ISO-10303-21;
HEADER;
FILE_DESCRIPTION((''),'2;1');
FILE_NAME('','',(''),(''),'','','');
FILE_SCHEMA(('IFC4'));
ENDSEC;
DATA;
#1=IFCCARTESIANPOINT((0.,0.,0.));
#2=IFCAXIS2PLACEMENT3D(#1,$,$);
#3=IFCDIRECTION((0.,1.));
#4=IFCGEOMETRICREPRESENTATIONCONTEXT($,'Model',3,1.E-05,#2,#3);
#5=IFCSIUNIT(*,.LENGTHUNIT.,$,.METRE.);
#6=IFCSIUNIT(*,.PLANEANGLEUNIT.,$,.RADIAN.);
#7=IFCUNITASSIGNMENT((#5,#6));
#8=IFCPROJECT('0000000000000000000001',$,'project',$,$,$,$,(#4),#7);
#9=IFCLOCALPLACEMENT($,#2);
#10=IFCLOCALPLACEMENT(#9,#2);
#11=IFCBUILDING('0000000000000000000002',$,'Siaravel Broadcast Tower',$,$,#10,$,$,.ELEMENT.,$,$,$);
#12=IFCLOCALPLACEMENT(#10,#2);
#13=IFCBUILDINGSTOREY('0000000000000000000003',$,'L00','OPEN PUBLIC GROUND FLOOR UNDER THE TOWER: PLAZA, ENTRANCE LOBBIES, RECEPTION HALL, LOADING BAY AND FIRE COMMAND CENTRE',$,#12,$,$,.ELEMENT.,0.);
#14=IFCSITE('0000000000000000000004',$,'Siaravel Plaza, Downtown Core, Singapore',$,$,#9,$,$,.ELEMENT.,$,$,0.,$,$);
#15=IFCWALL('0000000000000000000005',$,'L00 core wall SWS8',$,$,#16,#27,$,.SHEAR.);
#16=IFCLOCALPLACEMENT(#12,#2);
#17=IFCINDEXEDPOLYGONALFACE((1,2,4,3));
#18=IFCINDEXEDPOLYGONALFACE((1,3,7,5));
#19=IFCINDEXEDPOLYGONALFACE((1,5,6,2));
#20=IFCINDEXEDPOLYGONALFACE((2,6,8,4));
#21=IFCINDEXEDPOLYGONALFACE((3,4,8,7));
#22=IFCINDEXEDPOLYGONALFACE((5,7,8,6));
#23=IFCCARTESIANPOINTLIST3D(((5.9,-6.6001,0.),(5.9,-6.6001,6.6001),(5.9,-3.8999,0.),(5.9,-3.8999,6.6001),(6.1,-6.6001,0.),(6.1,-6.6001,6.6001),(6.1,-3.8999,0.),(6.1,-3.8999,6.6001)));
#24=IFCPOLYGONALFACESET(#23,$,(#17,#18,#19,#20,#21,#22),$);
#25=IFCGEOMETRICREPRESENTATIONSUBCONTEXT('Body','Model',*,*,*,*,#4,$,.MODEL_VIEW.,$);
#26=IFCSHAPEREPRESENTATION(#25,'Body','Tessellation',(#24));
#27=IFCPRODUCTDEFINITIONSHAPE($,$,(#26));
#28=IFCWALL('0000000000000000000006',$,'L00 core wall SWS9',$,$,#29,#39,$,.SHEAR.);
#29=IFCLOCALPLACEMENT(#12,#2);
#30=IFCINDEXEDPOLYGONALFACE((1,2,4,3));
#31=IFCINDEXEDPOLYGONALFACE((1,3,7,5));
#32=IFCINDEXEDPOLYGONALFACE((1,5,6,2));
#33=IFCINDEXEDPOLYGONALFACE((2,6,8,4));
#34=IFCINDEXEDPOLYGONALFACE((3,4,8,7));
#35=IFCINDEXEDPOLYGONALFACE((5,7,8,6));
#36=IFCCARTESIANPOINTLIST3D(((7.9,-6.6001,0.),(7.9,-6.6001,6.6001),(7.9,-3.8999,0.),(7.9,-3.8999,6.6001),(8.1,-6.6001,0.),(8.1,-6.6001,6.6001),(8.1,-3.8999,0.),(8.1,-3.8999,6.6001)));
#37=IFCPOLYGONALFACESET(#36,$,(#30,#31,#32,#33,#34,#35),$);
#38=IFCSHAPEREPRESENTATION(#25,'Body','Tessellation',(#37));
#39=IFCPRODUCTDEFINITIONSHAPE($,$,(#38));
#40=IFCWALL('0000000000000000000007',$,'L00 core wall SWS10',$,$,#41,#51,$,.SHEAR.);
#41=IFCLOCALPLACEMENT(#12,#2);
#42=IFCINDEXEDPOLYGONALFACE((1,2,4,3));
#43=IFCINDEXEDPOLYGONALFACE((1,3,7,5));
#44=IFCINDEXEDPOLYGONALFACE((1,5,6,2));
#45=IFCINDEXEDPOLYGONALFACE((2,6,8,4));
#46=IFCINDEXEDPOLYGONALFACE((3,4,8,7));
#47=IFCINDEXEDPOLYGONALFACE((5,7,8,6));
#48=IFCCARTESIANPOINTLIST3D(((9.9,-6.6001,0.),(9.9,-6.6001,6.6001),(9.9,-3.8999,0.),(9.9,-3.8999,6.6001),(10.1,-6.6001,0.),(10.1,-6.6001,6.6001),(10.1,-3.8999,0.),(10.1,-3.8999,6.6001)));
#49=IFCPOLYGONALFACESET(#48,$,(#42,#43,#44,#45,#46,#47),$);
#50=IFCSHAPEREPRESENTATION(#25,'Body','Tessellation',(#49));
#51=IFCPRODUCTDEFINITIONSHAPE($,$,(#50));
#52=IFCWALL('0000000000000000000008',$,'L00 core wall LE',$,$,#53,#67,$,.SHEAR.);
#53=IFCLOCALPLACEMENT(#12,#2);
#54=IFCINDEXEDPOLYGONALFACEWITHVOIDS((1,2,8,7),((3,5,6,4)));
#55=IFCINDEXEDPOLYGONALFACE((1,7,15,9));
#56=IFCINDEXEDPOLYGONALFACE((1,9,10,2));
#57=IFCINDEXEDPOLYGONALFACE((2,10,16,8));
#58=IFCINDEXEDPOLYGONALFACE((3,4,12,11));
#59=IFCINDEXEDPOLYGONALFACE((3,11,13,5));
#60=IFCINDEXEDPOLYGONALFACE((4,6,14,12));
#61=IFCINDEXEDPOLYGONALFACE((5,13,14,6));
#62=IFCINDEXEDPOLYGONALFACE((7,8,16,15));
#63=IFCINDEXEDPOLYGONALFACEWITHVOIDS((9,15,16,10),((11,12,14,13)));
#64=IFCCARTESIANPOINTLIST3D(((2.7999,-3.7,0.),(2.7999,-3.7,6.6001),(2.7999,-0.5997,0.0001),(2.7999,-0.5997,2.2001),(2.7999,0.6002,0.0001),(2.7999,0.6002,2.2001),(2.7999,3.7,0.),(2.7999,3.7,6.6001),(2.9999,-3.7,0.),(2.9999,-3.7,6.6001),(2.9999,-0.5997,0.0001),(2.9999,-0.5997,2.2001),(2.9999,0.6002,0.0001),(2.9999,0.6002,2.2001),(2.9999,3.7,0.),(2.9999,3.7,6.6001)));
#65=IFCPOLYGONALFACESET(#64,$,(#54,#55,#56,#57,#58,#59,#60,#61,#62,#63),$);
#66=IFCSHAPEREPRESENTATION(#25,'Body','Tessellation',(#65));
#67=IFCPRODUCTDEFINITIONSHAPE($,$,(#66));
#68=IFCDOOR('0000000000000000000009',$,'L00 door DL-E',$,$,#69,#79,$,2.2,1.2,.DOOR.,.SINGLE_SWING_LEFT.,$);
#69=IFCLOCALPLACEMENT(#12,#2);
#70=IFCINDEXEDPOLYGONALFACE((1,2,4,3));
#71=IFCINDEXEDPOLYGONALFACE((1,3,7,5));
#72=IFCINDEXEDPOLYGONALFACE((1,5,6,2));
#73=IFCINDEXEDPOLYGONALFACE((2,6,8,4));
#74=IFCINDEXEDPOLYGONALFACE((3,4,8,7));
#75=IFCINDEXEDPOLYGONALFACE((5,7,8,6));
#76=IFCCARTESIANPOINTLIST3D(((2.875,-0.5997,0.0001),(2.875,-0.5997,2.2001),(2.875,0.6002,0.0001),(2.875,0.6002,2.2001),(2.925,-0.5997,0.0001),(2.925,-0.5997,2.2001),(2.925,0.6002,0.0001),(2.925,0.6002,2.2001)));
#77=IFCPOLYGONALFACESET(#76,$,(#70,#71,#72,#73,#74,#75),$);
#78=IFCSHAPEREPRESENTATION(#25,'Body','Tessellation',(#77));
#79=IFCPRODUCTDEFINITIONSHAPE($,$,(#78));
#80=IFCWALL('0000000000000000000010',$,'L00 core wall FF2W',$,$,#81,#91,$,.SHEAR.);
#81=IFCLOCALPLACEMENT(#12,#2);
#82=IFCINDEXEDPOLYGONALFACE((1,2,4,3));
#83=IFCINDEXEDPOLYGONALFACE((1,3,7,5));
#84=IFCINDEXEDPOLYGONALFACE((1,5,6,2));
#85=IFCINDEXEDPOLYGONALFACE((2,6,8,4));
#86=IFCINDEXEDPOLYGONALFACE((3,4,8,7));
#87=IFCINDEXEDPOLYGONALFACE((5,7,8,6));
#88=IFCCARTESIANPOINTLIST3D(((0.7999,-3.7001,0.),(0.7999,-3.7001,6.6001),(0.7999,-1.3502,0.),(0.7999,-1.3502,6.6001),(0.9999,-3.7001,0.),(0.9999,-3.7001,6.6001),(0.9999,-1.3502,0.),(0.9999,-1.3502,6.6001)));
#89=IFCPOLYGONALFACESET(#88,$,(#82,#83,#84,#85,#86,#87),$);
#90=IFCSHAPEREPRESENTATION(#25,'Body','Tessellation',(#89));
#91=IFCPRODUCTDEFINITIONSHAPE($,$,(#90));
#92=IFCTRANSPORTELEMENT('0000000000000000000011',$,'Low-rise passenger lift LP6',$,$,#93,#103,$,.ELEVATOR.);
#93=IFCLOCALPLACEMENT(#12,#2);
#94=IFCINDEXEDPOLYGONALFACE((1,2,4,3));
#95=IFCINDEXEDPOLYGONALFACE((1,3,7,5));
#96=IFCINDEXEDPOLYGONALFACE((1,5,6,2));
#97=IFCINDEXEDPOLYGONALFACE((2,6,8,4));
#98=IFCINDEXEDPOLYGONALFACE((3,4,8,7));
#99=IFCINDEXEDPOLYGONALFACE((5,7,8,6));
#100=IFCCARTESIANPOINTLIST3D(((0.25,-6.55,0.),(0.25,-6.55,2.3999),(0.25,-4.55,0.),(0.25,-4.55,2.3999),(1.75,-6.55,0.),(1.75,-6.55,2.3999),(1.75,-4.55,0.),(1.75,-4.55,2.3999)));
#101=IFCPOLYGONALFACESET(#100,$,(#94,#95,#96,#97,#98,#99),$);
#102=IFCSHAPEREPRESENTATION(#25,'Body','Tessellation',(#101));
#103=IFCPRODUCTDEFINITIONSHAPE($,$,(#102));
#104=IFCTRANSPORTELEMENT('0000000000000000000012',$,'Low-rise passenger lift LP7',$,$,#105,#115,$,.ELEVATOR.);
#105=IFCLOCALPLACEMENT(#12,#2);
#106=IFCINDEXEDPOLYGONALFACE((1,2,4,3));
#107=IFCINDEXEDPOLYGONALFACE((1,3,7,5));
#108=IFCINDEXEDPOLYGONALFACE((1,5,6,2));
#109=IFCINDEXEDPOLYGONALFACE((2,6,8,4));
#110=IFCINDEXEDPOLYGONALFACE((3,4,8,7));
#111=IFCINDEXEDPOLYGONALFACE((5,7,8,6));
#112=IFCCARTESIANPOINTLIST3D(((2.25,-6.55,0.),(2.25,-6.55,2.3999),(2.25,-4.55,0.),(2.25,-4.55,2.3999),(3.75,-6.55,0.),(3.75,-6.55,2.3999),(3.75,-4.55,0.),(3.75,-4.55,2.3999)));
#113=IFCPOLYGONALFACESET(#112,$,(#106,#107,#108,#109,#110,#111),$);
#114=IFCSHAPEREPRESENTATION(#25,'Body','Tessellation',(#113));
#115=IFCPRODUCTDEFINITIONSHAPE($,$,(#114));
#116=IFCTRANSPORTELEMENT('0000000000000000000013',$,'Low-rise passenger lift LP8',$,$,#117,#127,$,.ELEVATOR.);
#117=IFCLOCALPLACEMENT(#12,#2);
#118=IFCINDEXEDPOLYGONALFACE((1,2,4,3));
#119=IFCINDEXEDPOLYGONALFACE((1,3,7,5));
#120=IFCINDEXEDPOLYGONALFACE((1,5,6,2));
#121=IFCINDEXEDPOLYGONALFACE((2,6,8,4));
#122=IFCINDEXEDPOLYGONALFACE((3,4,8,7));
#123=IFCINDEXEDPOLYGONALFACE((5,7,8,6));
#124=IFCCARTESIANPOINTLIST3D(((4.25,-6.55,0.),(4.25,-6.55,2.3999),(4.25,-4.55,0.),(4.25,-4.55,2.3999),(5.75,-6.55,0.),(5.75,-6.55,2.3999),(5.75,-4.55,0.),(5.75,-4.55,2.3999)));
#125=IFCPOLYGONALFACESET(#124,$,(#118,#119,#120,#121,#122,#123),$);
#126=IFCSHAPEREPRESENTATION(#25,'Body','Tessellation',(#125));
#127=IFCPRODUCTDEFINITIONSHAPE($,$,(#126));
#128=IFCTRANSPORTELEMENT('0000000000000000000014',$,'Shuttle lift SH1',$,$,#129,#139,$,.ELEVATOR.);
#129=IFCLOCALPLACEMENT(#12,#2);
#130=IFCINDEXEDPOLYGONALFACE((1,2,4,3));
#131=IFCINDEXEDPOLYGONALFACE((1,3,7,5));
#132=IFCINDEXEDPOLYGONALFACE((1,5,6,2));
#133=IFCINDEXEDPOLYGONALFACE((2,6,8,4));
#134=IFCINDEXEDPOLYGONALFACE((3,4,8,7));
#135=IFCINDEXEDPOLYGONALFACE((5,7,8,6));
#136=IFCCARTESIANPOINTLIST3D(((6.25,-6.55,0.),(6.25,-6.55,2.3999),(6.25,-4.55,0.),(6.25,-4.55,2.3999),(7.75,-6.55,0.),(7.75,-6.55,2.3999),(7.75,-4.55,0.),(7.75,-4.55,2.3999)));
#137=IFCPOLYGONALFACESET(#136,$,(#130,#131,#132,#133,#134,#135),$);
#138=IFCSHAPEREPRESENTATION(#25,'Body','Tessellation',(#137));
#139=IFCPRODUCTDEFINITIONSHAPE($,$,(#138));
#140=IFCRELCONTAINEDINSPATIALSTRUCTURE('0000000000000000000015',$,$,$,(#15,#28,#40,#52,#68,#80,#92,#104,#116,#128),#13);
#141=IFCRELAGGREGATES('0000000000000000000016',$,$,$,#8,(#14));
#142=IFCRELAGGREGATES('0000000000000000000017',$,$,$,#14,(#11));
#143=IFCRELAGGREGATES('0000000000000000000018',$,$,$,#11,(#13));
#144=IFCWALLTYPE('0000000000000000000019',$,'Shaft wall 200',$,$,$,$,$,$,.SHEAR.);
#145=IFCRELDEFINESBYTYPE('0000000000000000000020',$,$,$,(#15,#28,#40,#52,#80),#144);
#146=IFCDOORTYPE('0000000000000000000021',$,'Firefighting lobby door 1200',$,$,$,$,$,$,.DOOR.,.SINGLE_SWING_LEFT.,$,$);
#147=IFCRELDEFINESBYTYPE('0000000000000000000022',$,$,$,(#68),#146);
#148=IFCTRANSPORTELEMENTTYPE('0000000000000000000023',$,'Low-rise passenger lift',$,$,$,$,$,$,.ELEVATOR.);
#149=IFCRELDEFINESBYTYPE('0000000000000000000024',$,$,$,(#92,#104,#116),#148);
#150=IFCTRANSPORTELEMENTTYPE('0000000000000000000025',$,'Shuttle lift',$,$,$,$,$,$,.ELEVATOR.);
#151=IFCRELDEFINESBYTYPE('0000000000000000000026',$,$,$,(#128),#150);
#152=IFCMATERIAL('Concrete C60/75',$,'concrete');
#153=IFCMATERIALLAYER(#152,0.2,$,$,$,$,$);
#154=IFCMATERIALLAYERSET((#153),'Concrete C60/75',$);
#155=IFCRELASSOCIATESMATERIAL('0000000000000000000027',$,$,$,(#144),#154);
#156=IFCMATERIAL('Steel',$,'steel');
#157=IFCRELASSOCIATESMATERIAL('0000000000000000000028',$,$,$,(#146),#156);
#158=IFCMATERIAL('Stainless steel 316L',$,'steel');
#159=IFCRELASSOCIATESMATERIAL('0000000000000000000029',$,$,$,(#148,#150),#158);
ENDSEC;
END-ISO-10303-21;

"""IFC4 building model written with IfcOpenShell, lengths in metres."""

from ifc_helpers import new_model, si_unit, direction, frame, frame_2d, origin, origin_2d, place, context, subcontext, project, spatial, rectangle, extrude, material, layer, layer_set, type_object, element, fill, save


model = new_model("IFC4")

# Units and contexts
model_context = context("Model", 3, precision=1e-05, world=origin(), true_north=direction((0.0, 1.0)))
body_context = subcontext(model_context, "Body", "Model", "MODEL_VIEW")
ifc_project = project(units=[si_unit("LENGTHUNIT", "METRE"), si_unit("PLANEANGLEUNIT", "RADIAN")], contexts=[model_context])

# Site, building, storey
site_placement = place(None, origin())
site = spatial("IfcSite", under=ifc_project, at=site_placement, Name="Siaravel Plaza, Downtown Core, Singapore", CompositionType="ELEMENT", RefElevation=0.0)
building_placement = place(site_placement, origin())
building = spatial("IfcBuilding", under=site, at=building_placement, Name="Siaravel Broadcast Tower", CompositionType="ELEMENT")
storey_placement = place(building_placement, origin())
storey = spatial("IfcBuildingStorey", under=building, at=storey_placement, Name="L00", Description="OPEN PUBLIC GROUND FLOOR UNDER THE TOWER: PLAZA, ENTRANCE LOBBIES, RECEPTION HALL, LOADING BAY AND FIRE COMMAND CENTRE", CompositionType="ELEMENT", Elevation=0.0)

# Shared definitions
ifc_material_1 = material(Name="Concrete C60/75", Category="concrete")
ifc_material_2 = material(Name="Steel", Category="steel")

# Walls
ifc_layer_1 = layer(ifc_material_1, 0.2)
ifc_layer_set_1 = layer_set([ifc_layer_1], Name="Concrete C60/75")
wall_type_1 = type_object("IfcWallType", Name="Shaft wall 200", PredefinedType="SHEAR", material=ifc_layer_set_1)
for number, where, z_axis, x_axis, name in (
    (1, (6.0, -6.6001, 0.0), (0.0, 0.0, 1.0), (0.0, 1.0, 0.0), "L00 core wall SWS8"),
    (2, (8.0, -6.6001, 0.0), (0.0, 0.0, 1.0), (0.0, 1.0, 0.0), "L00 core wall SWS9"),
    (3, (10.0, -6.6001, 0.0), (0.0, 0.0, 1.0), (0.0, 1.0, 0.0), "L00 core wall SWS10"),
):
    element("IfcWall", number, at=place(storey_placement, frame(where, z_axis=z_axis, x_axis=x_axis)), inside=storey, type_object=wall_type_1, Name=name, PredefinedType="SHEAR", context=body_context, shape_type="SweptSolid", body=[
        extrude(rectangle(XDim=2.7002, YDim=0.2, at=frame_2d((1.3501, 0.0))), origin(), (0.0, 0.0, 1.0), 6.6001),
    ])

# Wall, opening, door
wall_1_placement = place(storey_placement, frame((2.8999, -3.7, 0.0), z_axis=(0.0, 0.0, 1.0), x_axis=(0.0, 1.0, 0.0)))
wall_1 = element("IfcWall", 4, at=wall_1_placement, inside=storey, type_object=wall_type_1, Name="L00 core wall LE", PredefinedType="SHEAR", context=body_context, shape_type="SweptSolid", body=[
    extrude(rectangle(XDim=7.3999, YDim=0.2, at=frame_2d((3.7, 0.0))), origin(), (0.0, 0.0, 1.0), 6.6001),
])
opening_1_placement = place(wall_1_placement, frame((3.1001, 0.0, 0.0)))
opening_1 = element("IfcOpeningElement", 5, at=opening_1_placement, cuts=wall_1, PredefinedType="OPENING", context=body_context, shape_type="SweptSolid", body=[
    extrude(rectangle(XDim=1.2, YDim=2.2, at=frame_2d((0.6001, 1.1001))), frame((0.0, 0.1099, 0.0), z_axis=(0.0, -1.0, 0.0), x_axis=(1.0, 0.0, 0.0)), (0.0, 0.0, 1.0), 0.22),
])
door_type_1 = type_object("IfcDoorType", Name="Firefighting lobby door 1200", OperationType="SINGLE_SWING_LEFT", PredefinedType="DOOR", material=ifc_material_2)
door_1_placement = place(opening_1_placement, origin())
door_1 = element("IfcDoor", 6, at=door_1_placement, inside=storey, type_object=door_type_1, Name="L00 door DL-E", OperationType="SINGLE_SWING_LEFT", OverallHeight=2.2, OverallWidth=1.2, PredefinedType="DOOR", context=body_context, shape_type="SweptSolid", body=[
    extrude(rectangle(XDim=1.2, YDim=2.2, at=frame_2d((0.6001, 1.1001))), frame((0.0, 0.0249, 0.0), z_axis=(0.0, -1.0, 0.0), x_axis=(1.0, 0.0, 0.0)), (0.0, 0.0, 1.0), 0.05),
])
fill(opening_1, door_1)

# Wall
wall_2_placement = place(storey_placement, frame((0.8999, -3.7, 0.0), z_axis=(0.0, 0.0, 1.0), x_axis=(0.0, 1.0, 0.0)))
element("IfcWall", 7, at=wall_2_placement, inside=storey, type_object=wall_type_1, Name="L00 core wall FF2W", PredefinedType="SHEAR", context=body_context, shape_type="SweptSolid", body=[
    extrude(rectangle(XDim=2.3499, YDim=0.2, at=frame_2d((1.1748, 0.0))), origin(), (0.0, 0.0, 1.0), 6.6001),
])

# Transport elements
ifc_material_3 = material(Name="Stainless steel 316L", Category="steel")
transport_element_type_1 = type_object("IfcTransportElementType", Name="Low-rise passenger lift", PredefinedType="ELEVATOR", material=ifc_material_3)
for number, where, z_axis, x_axis, name in (
    (8, (1.0, -5.55, 0.0), (0.0, 0.0, 1.0), (1.0, 0.0, 0.0), "Low-rise passenger lift LP6"),
    (9, (3.0, -5.55, 0.0), (0.0, 0.0, 1.0), (1.0, 0.0, 0.0), "Low-rise passenger lift LP7"),
    (10, (5.0, -5.55, 0.0), (0.0, 0.0, 1.0), (1.0, 0.0, 0.0), "Low-rise passenger lift LP8"),
):
    element("IfcTransportElement", number, at=place(storey_placement, frame(where, z_axis=z_axis, x_axis=x_axis)), inside=storey, type_object=transport_element_type_1, Name=name, PredefinedType="ELEVATOR", context=body_context, shape_type="SweptSolid", body=[
        extrude(rectangle(XDim=1.5, YDim=2.0, at=origin_2d()), origin(), (0.0, 0.0, 1.0), 2.3999),
    ])
transport_element_type_2 = type_object("IfcTransportElementType", Name="Shuttle lift", PredefinedType="ELEVATOR", material=ifc_material_3)
transport_element_placement = place(storey_placement, frame((7.0, -5.55, 0.0), z_axis=(0.0, 0.0, 1.0), x_axis=(1.0, 0.0, 0.0)))
element("IfcTransportElement", 11, at=transport_element_placement, inside=storey, type_object=transport_element_type_2, Name="Shuttle lift SH1", PredefinedType="ELEVATOR", context=body_context, shape_type="SweptSolid", body=[
    extrude(rectangle(XDim=1.5, YDim=2.0, at=origin_2d()), origin(), (0.0, 0.0, 1.0), 2.3999),
])

save(model, "model.ifc")
